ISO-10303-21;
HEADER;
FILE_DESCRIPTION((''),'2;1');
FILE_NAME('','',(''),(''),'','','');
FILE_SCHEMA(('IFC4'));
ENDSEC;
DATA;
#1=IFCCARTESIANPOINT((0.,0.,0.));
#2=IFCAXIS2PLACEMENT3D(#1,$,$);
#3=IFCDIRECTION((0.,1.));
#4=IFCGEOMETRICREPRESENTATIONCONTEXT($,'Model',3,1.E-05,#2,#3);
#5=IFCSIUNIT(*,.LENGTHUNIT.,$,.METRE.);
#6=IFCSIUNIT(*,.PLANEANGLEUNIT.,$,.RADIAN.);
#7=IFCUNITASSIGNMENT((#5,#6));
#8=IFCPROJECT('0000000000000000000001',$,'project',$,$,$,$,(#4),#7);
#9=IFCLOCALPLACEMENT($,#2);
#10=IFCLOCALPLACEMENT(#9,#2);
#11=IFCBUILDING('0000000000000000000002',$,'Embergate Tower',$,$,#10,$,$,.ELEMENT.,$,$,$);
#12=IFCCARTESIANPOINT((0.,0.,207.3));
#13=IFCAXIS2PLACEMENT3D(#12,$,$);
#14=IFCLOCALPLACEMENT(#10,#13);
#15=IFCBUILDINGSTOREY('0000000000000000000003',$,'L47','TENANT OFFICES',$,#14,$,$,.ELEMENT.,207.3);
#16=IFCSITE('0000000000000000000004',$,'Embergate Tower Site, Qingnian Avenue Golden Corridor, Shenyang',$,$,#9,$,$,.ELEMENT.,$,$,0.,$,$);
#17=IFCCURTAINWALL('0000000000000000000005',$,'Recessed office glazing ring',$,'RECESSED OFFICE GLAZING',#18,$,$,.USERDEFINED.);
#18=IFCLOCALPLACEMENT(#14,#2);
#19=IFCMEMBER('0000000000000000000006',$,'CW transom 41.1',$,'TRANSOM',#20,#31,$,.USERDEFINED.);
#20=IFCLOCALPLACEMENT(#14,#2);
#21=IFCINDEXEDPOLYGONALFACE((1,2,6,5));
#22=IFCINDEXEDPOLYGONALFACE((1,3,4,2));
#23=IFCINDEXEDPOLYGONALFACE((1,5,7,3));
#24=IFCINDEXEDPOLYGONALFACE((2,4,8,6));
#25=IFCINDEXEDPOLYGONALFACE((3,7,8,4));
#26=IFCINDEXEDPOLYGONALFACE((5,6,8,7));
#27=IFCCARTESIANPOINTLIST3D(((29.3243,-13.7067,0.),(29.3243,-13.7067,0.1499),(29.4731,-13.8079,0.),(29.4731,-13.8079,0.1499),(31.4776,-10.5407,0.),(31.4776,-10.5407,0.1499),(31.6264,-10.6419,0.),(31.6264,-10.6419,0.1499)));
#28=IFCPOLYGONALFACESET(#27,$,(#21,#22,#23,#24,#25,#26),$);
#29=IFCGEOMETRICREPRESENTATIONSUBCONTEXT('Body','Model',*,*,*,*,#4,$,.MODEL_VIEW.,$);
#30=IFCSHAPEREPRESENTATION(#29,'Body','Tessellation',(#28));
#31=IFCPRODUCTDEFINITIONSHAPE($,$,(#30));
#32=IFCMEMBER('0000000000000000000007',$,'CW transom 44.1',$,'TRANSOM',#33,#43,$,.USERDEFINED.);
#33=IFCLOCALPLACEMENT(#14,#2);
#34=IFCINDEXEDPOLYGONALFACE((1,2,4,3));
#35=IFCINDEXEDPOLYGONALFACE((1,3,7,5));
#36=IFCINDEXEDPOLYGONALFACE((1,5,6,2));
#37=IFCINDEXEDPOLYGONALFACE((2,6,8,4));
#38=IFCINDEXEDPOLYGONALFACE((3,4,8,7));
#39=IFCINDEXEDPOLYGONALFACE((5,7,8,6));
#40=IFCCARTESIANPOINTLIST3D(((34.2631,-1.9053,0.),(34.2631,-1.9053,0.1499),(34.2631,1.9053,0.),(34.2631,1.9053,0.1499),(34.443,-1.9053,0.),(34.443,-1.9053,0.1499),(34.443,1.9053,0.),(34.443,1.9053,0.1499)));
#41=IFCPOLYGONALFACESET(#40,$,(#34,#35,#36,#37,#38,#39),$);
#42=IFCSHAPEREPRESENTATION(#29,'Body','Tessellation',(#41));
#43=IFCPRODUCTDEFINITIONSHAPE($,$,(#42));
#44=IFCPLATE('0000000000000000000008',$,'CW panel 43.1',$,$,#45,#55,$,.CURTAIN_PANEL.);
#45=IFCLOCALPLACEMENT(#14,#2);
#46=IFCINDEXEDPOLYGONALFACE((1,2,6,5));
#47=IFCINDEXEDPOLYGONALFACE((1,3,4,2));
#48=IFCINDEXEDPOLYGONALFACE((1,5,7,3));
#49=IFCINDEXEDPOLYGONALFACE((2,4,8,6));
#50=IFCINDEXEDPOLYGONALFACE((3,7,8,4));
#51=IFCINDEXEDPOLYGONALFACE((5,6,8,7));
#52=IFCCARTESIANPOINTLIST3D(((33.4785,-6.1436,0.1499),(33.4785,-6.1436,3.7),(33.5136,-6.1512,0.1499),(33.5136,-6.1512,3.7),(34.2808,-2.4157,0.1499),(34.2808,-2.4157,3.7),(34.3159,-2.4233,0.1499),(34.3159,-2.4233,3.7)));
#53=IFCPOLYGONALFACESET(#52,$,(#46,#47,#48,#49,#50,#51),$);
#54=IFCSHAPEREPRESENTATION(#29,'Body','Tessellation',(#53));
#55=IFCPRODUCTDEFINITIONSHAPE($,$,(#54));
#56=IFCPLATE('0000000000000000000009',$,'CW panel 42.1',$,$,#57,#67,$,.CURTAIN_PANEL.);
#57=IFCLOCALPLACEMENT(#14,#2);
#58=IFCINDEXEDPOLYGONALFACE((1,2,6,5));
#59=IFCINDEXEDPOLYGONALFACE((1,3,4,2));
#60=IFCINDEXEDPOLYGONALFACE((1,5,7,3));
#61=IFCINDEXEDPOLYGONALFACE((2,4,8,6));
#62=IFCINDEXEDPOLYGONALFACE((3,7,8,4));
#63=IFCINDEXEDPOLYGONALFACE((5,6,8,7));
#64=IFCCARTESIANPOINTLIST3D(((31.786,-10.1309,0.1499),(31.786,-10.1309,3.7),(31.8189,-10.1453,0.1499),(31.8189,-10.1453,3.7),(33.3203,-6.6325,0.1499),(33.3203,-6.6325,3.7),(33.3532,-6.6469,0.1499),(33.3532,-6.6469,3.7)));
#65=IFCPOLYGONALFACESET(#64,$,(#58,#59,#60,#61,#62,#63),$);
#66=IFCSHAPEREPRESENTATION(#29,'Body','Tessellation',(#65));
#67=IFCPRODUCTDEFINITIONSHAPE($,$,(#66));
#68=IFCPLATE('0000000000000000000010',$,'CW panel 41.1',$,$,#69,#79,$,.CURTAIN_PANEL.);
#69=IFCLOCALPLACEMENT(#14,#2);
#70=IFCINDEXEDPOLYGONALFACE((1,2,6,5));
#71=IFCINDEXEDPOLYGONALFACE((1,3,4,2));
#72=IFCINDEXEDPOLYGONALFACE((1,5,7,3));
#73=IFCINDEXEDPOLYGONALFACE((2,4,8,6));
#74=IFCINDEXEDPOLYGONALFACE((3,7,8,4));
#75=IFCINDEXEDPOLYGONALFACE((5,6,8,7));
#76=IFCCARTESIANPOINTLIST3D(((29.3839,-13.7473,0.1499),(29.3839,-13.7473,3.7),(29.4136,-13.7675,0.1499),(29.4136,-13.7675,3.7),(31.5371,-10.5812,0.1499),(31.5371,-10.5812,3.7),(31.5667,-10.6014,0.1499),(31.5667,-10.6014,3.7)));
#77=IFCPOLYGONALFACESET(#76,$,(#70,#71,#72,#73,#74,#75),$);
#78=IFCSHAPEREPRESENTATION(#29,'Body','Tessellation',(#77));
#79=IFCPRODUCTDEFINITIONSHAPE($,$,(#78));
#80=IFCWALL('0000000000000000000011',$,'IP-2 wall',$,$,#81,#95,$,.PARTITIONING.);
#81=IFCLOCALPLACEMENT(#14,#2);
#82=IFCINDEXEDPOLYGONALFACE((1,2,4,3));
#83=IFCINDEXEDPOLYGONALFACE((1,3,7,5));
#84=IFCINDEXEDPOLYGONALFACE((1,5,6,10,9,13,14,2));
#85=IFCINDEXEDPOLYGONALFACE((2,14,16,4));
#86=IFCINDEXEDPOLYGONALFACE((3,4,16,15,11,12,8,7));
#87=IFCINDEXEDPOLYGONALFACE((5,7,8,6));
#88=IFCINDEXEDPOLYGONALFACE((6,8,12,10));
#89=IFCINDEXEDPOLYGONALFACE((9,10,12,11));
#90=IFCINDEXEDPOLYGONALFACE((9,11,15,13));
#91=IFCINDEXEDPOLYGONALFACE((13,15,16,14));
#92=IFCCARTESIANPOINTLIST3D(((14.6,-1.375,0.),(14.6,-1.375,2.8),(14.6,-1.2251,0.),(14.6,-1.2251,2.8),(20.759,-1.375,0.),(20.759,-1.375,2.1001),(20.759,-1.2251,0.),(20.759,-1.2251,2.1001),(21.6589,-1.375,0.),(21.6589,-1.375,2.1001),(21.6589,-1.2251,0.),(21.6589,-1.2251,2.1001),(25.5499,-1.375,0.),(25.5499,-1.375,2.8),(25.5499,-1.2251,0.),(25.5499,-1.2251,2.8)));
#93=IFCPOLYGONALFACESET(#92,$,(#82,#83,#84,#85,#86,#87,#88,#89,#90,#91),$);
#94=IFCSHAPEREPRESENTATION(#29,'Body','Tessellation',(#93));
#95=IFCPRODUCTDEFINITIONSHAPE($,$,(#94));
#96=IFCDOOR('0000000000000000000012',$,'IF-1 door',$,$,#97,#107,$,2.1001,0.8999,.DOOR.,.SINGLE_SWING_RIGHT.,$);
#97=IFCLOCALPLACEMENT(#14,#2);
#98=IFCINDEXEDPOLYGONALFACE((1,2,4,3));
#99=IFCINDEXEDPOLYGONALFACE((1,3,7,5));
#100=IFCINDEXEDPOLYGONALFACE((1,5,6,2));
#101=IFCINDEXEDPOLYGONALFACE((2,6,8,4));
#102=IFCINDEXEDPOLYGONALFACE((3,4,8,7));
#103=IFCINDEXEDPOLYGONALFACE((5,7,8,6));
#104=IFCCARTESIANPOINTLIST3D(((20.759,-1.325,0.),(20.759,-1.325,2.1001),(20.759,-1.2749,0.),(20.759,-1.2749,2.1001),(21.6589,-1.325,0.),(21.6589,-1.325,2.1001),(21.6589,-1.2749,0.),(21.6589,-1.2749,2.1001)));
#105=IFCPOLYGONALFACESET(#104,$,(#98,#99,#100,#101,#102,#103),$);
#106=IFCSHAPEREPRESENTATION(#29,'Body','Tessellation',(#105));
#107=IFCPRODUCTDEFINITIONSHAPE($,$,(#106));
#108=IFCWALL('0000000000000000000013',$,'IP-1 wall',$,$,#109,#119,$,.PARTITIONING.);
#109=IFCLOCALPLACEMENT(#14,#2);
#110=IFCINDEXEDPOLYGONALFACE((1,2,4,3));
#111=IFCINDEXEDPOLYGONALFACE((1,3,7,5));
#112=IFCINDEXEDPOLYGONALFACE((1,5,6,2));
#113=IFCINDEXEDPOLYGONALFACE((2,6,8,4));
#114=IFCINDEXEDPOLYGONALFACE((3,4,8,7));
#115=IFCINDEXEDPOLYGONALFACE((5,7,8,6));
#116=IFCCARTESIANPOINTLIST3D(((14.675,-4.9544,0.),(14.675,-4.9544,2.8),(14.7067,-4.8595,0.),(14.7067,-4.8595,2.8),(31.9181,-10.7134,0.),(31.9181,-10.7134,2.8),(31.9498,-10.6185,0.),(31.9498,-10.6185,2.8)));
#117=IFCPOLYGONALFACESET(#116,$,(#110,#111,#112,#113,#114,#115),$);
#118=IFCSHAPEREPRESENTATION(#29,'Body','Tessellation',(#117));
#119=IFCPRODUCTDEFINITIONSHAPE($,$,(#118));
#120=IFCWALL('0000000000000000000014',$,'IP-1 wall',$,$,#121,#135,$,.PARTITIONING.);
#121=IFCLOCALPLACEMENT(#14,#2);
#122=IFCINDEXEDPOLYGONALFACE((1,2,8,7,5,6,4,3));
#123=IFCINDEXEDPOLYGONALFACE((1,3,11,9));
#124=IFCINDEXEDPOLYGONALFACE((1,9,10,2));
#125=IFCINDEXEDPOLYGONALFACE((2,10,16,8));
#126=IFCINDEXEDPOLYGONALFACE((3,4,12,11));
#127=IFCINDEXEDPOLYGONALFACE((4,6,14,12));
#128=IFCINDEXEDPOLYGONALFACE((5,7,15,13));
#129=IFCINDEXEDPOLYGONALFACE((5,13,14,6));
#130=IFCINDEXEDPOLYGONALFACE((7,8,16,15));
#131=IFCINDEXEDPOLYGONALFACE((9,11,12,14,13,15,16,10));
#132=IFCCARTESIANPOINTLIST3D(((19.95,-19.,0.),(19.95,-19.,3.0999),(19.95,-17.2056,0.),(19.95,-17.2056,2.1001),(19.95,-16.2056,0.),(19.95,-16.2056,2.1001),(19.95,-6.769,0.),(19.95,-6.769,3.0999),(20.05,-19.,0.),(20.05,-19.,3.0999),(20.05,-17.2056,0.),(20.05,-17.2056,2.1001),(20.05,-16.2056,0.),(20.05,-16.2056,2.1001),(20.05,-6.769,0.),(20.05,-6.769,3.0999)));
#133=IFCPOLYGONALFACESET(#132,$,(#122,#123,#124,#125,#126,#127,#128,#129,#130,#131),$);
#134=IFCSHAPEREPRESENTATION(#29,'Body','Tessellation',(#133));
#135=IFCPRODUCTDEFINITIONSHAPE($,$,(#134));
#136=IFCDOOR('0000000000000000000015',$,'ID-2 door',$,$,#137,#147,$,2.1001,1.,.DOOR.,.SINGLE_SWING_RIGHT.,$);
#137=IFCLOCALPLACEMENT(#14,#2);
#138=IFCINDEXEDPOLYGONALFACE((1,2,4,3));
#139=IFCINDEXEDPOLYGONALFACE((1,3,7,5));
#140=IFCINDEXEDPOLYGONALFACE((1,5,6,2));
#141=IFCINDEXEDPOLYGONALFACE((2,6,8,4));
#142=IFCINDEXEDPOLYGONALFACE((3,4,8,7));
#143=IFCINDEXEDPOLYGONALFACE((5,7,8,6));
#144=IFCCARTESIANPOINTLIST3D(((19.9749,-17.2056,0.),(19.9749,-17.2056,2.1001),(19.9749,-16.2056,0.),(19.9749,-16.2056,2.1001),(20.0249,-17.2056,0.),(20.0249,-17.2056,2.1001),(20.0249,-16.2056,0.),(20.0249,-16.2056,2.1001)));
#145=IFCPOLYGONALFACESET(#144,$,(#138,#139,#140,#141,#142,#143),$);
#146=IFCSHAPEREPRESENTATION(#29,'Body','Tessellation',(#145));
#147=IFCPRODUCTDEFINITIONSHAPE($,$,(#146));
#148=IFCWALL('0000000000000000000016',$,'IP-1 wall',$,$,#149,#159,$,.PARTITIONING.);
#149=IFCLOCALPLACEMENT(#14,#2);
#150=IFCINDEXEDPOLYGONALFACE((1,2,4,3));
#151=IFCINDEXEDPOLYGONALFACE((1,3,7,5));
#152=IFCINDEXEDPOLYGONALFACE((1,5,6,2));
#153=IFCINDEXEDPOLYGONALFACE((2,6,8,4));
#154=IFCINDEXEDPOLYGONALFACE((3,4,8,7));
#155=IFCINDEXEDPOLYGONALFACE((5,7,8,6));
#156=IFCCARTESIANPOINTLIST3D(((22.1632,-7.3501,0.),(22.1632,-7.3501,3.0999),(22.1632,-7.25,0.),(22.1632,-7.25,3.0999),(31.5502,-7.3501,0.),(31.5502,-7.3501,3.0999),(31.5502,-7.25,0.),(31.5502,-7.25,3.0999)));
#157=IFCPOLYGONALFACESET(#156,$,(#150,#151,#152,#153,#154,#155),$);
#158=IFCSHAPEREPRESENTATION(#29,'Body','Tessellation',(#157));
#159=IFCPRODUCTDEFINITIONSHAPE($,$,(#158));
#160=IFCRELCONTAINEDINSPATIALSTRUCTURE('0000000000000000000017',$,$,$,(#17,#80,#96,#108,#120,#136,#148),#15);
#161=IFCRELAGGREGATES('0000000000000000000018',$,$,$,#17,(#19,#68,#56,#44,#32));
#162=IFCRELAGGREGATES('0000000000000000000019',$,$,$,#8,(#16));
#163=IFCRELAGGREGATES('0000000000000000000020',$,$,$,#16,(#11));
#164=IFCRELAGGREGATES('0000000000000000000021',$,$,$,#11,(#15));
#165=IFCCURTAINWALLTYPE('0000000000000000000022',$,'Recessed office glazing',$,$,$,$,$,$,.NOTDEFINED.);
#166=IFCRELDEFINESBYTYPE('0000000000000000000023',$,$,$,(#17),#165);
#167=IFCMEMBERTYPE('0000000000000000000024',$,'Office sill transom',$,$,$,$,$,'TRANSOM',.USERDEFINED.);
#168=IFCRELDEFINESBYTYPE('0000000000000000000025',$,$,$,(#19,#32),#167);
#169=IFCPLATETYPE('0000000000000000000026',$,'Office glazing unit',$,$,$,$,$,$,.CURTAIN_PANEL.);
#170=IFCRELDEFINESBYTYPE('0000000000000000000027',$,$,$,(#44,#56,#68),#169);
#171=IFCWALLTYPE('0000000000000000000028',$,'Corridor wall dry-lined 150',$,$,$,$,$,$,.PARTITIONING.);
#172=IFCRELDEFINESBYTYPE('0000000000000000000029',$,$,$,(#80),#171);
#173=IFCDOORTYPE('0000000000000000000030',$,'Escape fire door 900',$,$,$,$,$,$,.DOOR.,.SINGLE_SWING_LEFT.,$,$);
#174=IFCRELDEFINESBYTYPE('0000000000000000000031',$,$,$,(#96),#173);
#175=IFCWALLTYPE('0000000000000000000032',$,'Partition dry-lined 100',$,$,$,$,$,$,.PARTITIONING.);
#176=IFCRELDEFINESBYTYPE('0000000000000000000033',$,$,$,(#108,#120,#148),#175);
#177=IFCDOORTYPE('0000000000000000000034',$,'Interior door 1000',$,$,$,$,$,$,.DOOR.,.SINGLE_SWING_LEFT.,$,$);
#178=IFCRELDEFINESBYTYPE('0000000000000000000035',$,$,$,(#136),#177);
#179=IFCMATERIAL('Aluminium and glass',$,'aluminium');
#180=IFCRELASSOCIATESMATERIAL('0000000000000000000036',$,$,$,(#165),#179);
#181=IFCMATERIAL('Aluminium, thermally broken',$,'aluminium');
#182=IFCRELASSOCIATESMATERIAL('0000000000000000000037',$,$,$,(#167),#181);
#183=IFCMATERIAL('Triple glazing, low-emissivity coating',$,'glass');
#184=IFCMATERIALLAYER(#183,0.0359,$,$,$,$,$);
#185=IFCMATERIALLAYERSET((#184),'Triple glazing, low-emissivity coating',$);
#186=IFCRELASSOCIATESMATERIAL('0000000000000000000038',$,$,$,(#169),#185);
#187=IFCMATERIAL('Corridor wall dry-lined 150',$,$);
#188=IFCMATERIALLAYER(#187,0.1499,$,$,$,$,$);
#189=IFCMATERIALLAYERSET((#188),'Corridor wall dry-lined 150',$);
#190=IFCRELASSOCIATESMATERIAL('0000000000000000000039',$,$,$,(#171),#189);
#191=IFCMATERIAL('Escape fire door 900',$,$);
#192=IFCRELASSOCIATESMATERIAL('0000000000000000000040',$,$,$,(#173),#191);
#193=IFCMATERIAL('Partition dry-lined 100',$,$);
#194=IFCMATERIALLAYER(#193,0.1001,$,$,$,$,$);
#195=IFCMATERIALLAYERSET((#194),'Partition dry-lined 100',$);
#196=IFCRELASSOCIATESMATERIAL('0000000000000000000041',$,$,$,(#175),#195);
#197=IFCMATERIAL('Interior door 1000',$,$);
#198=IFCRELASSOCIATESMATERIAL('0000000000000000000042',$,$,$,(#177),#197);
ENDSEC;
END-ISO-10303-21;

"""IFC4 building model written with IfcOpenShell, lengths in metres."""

from ifc_helpers import new_model, si_unit, direction, frame, frame_2d, origin, origin_2d, place, context, subcontext, project, spatial, rectangle, extrude, source, transform, mapped, material, layer, layer_set, material_profile, profile_set, type_object, element, fill, aggregate, save


model = new_model("IFC4")

# Units and contexts
model_context = context("Model", 3, precision=1e-05, world=origin(), true_north=direction((0.0, 1.0)))
body_context = subcontext(model_context, "Body", "Model", "MODEL_VIEW")
ifc_project = project(units=[si_unit("LENGTHUNIT", "METRE"), si_unit("PLANEANGLEUNIT", "RADIAN")], contexts=[model_context])

# Site, building, storey
site_placement = place(None, origin())
site = spatial("IfcSite", under=ifc_project, at=site_placement, Name="Embergate Tower Site, Qingnian Avenue Golden Corridor, Shenyang", CompositionType="ELEMENT", RefElevation=0.0)
building_placement = place(site_placement, origin())
building = spatial("IfcBuilding", under=site, at=building_placement, Name="Embergate Tower", CompositionType="ELEMENT")
storey_placement = place(building_placement, frame((0.0, 0.0, 207.3)))
storey = spatial("IfcBuildingStorey", under=building, at=storey_placement, Name="L47", Description="TENANT OFFICES", CompositionType="ELEMENT", Elevation=207.3)

# Curtain wall, members, plates
ifc_material_1 = material(Name="Aluminium and glass", Category="aluminium")
curtain_wall_type = type_object("IfcCurtainWallType", Name="Recessed office glazing", PredefinedType="NOTDEFINED", material=ifc_material_1)
curtain_wall_placement = place(storey_placement, origin())
curtain_wall = element("IfcCurtainWall", 1, at=curtain_wall_placement, inside=storey, type_object=curtain_wall_type, Name="Recessed office glazing ring", ObjectType="RECESSED OFFICE GLAZING", PredefinedType="USERDEFINED")
ifc_material_2 = material(Name="Aluminium, thermally broken", Category="aluminium")
ifc_material_profile_1 = material_profile(ifc_material_2, rectangle(XDim=0.1799, YDim=0.1499, at=origin_2d()), Name="AL 150x180")
ifc_profile_set_1 = profile_set([ifc_material_profile_1], Name="Aluminium, thermally broken")
member_type_1 = type_object("IfcMemberType", Name="Office sill transom", ElementType="TRANSOM", PredefinedType="USERDEFINED", material=ifc_profile_set_1)
shared_shape_1 = source(origin(), body_context, "Body", "SweptSolid", [
    extrude(rectangle(XDim=0.1799, YDim=0.1499, at=origin_2d()), origin(), (0.0, 0.0, 1.0), 3.8289),
])
member_1_placement = place(storey_placement, frame((29.3987, -13.7573, 0.075), z_axis=(0.562387, 0.826874, 0.0), x_axis=(-0.826874, 0.562387, 0.0)))
member_1 = element("IfcMember", 2, at=member_1_placement, type_object=member_type_1, Name="CW transom 41.1", ObjectType="TRANSOM", PredefinedType="USERDEFINED", context=body_context, shape_type="MappedRepresentation", body=[
    mapped(shared_shape_1, transform((0.0, 0.0, 0.0))),
])
shared_shape_2 = source(origin(), body_context, "Body", "SweptSolid", [
    extrude(rectangle(XDim=0.1799, YDim=0.1499, at=origin_2d()), origin(), (0.0, 0.0, 1.0), 3.8105),
])
member_2_placement = place(storey_placement, frame((34.353, -1.9053, 0.075), z_axis=(0.0, 1.0, 0.0), x_axis=(-1.0, 0.0, 0.0)))
member_2 = element("IfcMember", 3, at=member_2_placement, type_object=member_type_1, Name="CW transom 44.1", ObjectType="TRANSOM", PredefinedType="USERDEFINED", context=body_context, shape_type="MappedRepresentation", body=[
    mapped(shared_shape_2, transform((0.0, 0.0, 0.0))),
])
ifc_material_3 = material(Name="Triple glazing, low-emissivity coating", Category="glass")
ifc_layer_1 = layer(ifc_material_3, 0.0359)
ifc_layer_set_1 = layer_set([ifc_layer_1], Name="Triple glazing, low-emissivity coating")
plate_type = type_object("IfcPlateType", Name="Office glazing unit", PredefinedType="CURTAIN_PANEL", material=ifc_layer_set_1)
shared_shape_3 = source(origin(), body_context, "Body", "SweptSolid", [
    extrude(rectangle(XDim=3.8132, YDim=0.0359, at=origin_2d()), origin(), (0.0, 0.0, 1.0), 3.55),
])
plate_1_placement = place(storey_placement, frame((33.8972, -4.2834, 0.1499), z_axis=(0.0, 0.0, 1.0), x_axis=(0.210395, 0.977616, 0.0)))
plate_1 = element("IfcPlate", 4, at=plate_1_placement, type_object=plate_type, Name="CW panel 43.1", PredefinedType="CURTAIN_PANEL", context=body_context, shape_type="MappedRepresentation", body=[
    mapped(shared_shape_3, transform((0.0, 0.0, 0.0))),
])
shared_shape_4 = source(origin(), body_context, "Body", "SweptSolid", [
    extrude(rectangle(XDim=3.8201, YDim=0.0359, at=origin_2d()), origin(), (0.0, 0.0, 1.0), 3.55),
])
plate_2_placement = place(storey_placement, frame((32.5696, -8.3889, 0.1499), z_axis=(0.0, 0.0, 1.0), x_axis=(0.401649, 0.915794, 0.0)))
plate_2 = element("IfcPlate", 5, at=plate_2_placement, type_object=plate_type, Name="CW panel 42.1", PredefinedType="CURTAIN_PANEL", context=body_context, shape_type="MappedRepresentation", body=[
    mapped(shared_shape_4, transform((0.0, 0.0, 0.0))),
])
shared_shape_5 = source(origin(), body_context, "Body", "SweptSolid", [
    extrude(rectangle(XDim=3.8289, YDim=0.0359, at=origin_2d()), origin(), (0.0, 0.0, 1.0), 3.55),
])
plate_3_placement = place(storey_placement, frame((30.4753, -12.1743, 0.1499), z_axis=(0.0, 0.0, 1.0), x_axis=(0.562337, 0.826908, 0.0)))
plate_3 = element("IfcPlate", 6, at=plate_3_placement, type_object=plate_type, Name="CW panel 41.1", PredefinedType="CURTAIN_PANEL", context=body_context, shape_type="MappedRepresentation", body=[
    mapped(shared_shape_5, transform((0.0, 0.0, 0.0))),
])
aggregate(curtain_wall, [member_1, plate_3, plate_2, plate_1, member_2])

# Wall, opening, door
ifc_material_4 = material(Name="Corridor wall dry-lined 150")
ifc_layer_2 = layer(ifc_material_4, 0.1499)
ifc_layer_set_2 = layer_set([ifc_layer_2], Name="Corridor wall dry-lined 150")
wall_type_1 = type_object("IfcWallType", Name="Corridor wall dry-lined 150", PredefinedType="PARTITIONING", material=ifc_layer_set_2)
shared_shape_6 = source(origin(), body_context, "Body", "SweptSolid", [
    extrude(rectangle(XDim=10.95, YDim=0.1499, at=frame_2d((5.4751, 0.0))), origin(), (0.0, 0.0, 1.0), 2.8),
])
wall_1_placement = place(storey_placement, frame((25.55, -1.3, 0.0), z_axis=(0.0, 0.0, 1.0), x_axis=(-1.0, 0.0, 0.0)))
wall_1 = element("IfcWall", 7, at=wall_1_placement, inside=storey, type_object=wall_type_1, Name="IP-2 wall", PredefinedType="PARTITIONING", context=body_context, shape_type="MappedRepresentation", body=[
    mapped(shared_shape_6, transform((0.0, 0.0, 0.0))),
])
shared_shape_7 = source(origin(), body_context, "Body", "SweptSolid", [
    extrude(rectangle(XDim=0.8999, YDim=2.1001, at=frame_2d((0.45, 1.05))), frame((0.0, 0.085, 0.0), z_axis=(0.0, -1.0, 0.0), x_axis=(1.0, 0.0, 0.0)), (0.0, 0.0, 1.0), 0.1699),
])
opening_1_placement = place(wall_1_placement, frame((3.8911, 0.0, 0.0)))
opening_1 = element("IfcOpeningElement", 8, at=opening_1_placement, cuts=wall_1, PredefinedType="OPENING", context=body_context, shape_type="MappedRepresentation", body=[
    mapped(shared_shape_7, transform((0.0, 0.0, 0.0))),
])
ifc_material_5 = material(Name="Escape fire door 900")
door_type_1 = type_object("IfcDoorType", Name="Escape fire door 900", OperationType="SINGLE_SWING_LEFT", PredefinedType="DOOR", material=ifc_material_5)
shared_shape_8 = source(origin(), body_context, "Body", "SweptSolid", [
    extrude(rectangle(XDim=0.8999, YDim=2.1001, at=frame_2d((0.45, 1.05))), frame((0.0, 0.0249, 0.0), z_axis=(0.0, -1.0, 0.0), x_axis=(1.0, 0.0, 0.0)), (0.0, 0.0, 1.0), 0.05),
])
door_1_placement = place(opening_1_placement, origin())
door_1 = element("IfcDoor", 9, at=door_1_placement, inside=storey, type_object=door_type_1, Name="IF-1 door", OperationType="SINGLE_SWING_RIGHT", OverallHeight=2.1001, OverallWidth=0.8999, PredefinedType="DOOR", context=body_context, shape_type="MappedRepresentation", body=[
    mapped(shared_shape_8, transform((0.0, 0.0, 0.0))),
])
fill(opening_1, door_1)

# Wall
ifc_material_6 = material(Name="Partition dry-lined 100")
ifc_layer_3 = layer(ifc_material_6, 0.1001)
ifc_layer_set_3 = layer_set([ifc_layer_3], Name="Partition dry-lined 100")
wall_type_2 = type_object("IfcWallType", Name="Partition dry-lined 100", PredefinedType="PARTITIONING", material=ifc_layer_set_3)
shared_shape_9 = source(origin(), body_context, "Body", "SweptSolid", [
    extrude(rectangle(XDim=18.1794, YDim=0.1001, at=frame_2d((9.0898, 0.0))), origin(), (0.0, 0.0, 1.0), 2.8),
])
wall_2_placement = place(storey_placement, frame((31.9341, -10.666, 0.0), z_axis=(0.0, 0.0, 1.0), x_axis=(-0.948496, 0.316788, 0.0)))
element("IfcWall", 10, at=wall_2_placement, inside=storey, type_object=wall_type_2, Name="IP-1 wall", PredefinedType="PARTITIONING", context=body_context, shape_type="MappedRepresentation", body=[
    mapped(shared_shape_9, transform((0.0, 0.0, 0.0))),
])

# Wall, opening, door
shared_shape_10 = source(origin(), body_context, "Body", "SweptSolid", [
    extrude(rectangle(XDim=12.231, YDim=0.1001, at=frame_2d((6.1155, 0.0))), origin(), (0.0, 0.0, 1.0), 3.0999),
])
wall_3_placement = place(storey_placement, frame((20.0, -6.769, 0.0), z_axis=(0.0, 0.0, 1.0), x_axis=(0.0, -1.0, 0.0)))
wall_3 = element("IfcWall", 11, at=wall_3_placement, inside=storey, type_object=wall_type_2, Name="IP-1 wall", PredefinedType="PARTITIONING", context=body_context, shape_type="MappedRepresentation", body=[
    mapped(shared_shape_10, transform((0.0, 0.0, 0.0))),
])
shared_shape_11 = source(origin(), body_context, "Body", "SweptSolid", [
    extrude(rectangle(XDim=1.0, YDim=2.1001, at=frame_2d((0.5, 1.05))), frame((0.0, 0.0601, 0.0), z_axis=(0.0, -1.0, 0.0), x_axis=(1.0, 0.0, 0.0)), (0.0, 0.0, 1.0), 0.1201),
])
opening_2_placement = place(wall_3_placement, frame((9.4365, 0.0, 0.0)))
opening_2 = element("IfcOpeningElement", 12, at=opening_2_placement, cuts=wall_3, PredefinedType="OPENING", context=body_context, shape_type="MappedRepresentation", body=[
    mapped(shared_shape_11, transform((0.0, 0.0, 0.0))),
])
ifc_material_7 = material(Name="Interior door 1000")
door_type_2 = type_object("IfcDoorType", Name="Interior door 1000", OperationType="SINGLE_SWING_LEFT", PredefinedType="DOOR", material=ifc_material_7)
shared_shape_12 = source(origin(), body_context, "Body", "SweptSolid", [
    extrude(rectangle(XDim=1.0, YDim=2.1001, at=frame_2d((0.5, 1.05))), frame((0.0, 0.0249, 0.0), z_axis=(0.0, -1.0, 0.0), x_axis=(1.0, 0.0, 0.0)), (0.0, 0.0, 1.0), 0.05),
])
door_2_placement = place(opening_2_placement, origin())
door_2 = element("IfcDoor", 13, at=door_2_placement, inside=storey, type_object=door_type_2, Name="ID-2 door", OperationType="SINGLE_SWING_RIGHT", OverallHeight=2.1001, OverallWidth=1.0, PredefinedType="DOOR", context=body_context, shape_type="MappedRepresentation", body=[
    mapped(shared_shape_12, transform((0.0, 0.0, 0.0))),
])
fill(opening_2, door_2)

# Wall
shared_shape_13 = source(origin(), body_context, "Body", "SweptSolid", [
    extrude(rectangle(XDim=9.387, YDim=0.1001, at=frame_2d((4.6934, 0.0))), origin(), (0.0, 0.0, 1.0), 3.0999),
])
wall_4_placement = place(storey_placement, frame((31.55, -7.3, 0.0), z_axis=(0.0, 0.0, 1.0), x_axis=(-1.0, 0.0, 0.0)))
element("IfcWall", 14, at=wall_4_placement, inside=storey, type_object=wall_type_2, Name="IP-1 wall", PredefinedType="PARTITIONING", context=body_context, shape_type="MappedRepresentation", body=[
    mapped(shared_shape_13, transform((0.0, 0.0, 0.0))),
])

save(model, "model.ifc")
